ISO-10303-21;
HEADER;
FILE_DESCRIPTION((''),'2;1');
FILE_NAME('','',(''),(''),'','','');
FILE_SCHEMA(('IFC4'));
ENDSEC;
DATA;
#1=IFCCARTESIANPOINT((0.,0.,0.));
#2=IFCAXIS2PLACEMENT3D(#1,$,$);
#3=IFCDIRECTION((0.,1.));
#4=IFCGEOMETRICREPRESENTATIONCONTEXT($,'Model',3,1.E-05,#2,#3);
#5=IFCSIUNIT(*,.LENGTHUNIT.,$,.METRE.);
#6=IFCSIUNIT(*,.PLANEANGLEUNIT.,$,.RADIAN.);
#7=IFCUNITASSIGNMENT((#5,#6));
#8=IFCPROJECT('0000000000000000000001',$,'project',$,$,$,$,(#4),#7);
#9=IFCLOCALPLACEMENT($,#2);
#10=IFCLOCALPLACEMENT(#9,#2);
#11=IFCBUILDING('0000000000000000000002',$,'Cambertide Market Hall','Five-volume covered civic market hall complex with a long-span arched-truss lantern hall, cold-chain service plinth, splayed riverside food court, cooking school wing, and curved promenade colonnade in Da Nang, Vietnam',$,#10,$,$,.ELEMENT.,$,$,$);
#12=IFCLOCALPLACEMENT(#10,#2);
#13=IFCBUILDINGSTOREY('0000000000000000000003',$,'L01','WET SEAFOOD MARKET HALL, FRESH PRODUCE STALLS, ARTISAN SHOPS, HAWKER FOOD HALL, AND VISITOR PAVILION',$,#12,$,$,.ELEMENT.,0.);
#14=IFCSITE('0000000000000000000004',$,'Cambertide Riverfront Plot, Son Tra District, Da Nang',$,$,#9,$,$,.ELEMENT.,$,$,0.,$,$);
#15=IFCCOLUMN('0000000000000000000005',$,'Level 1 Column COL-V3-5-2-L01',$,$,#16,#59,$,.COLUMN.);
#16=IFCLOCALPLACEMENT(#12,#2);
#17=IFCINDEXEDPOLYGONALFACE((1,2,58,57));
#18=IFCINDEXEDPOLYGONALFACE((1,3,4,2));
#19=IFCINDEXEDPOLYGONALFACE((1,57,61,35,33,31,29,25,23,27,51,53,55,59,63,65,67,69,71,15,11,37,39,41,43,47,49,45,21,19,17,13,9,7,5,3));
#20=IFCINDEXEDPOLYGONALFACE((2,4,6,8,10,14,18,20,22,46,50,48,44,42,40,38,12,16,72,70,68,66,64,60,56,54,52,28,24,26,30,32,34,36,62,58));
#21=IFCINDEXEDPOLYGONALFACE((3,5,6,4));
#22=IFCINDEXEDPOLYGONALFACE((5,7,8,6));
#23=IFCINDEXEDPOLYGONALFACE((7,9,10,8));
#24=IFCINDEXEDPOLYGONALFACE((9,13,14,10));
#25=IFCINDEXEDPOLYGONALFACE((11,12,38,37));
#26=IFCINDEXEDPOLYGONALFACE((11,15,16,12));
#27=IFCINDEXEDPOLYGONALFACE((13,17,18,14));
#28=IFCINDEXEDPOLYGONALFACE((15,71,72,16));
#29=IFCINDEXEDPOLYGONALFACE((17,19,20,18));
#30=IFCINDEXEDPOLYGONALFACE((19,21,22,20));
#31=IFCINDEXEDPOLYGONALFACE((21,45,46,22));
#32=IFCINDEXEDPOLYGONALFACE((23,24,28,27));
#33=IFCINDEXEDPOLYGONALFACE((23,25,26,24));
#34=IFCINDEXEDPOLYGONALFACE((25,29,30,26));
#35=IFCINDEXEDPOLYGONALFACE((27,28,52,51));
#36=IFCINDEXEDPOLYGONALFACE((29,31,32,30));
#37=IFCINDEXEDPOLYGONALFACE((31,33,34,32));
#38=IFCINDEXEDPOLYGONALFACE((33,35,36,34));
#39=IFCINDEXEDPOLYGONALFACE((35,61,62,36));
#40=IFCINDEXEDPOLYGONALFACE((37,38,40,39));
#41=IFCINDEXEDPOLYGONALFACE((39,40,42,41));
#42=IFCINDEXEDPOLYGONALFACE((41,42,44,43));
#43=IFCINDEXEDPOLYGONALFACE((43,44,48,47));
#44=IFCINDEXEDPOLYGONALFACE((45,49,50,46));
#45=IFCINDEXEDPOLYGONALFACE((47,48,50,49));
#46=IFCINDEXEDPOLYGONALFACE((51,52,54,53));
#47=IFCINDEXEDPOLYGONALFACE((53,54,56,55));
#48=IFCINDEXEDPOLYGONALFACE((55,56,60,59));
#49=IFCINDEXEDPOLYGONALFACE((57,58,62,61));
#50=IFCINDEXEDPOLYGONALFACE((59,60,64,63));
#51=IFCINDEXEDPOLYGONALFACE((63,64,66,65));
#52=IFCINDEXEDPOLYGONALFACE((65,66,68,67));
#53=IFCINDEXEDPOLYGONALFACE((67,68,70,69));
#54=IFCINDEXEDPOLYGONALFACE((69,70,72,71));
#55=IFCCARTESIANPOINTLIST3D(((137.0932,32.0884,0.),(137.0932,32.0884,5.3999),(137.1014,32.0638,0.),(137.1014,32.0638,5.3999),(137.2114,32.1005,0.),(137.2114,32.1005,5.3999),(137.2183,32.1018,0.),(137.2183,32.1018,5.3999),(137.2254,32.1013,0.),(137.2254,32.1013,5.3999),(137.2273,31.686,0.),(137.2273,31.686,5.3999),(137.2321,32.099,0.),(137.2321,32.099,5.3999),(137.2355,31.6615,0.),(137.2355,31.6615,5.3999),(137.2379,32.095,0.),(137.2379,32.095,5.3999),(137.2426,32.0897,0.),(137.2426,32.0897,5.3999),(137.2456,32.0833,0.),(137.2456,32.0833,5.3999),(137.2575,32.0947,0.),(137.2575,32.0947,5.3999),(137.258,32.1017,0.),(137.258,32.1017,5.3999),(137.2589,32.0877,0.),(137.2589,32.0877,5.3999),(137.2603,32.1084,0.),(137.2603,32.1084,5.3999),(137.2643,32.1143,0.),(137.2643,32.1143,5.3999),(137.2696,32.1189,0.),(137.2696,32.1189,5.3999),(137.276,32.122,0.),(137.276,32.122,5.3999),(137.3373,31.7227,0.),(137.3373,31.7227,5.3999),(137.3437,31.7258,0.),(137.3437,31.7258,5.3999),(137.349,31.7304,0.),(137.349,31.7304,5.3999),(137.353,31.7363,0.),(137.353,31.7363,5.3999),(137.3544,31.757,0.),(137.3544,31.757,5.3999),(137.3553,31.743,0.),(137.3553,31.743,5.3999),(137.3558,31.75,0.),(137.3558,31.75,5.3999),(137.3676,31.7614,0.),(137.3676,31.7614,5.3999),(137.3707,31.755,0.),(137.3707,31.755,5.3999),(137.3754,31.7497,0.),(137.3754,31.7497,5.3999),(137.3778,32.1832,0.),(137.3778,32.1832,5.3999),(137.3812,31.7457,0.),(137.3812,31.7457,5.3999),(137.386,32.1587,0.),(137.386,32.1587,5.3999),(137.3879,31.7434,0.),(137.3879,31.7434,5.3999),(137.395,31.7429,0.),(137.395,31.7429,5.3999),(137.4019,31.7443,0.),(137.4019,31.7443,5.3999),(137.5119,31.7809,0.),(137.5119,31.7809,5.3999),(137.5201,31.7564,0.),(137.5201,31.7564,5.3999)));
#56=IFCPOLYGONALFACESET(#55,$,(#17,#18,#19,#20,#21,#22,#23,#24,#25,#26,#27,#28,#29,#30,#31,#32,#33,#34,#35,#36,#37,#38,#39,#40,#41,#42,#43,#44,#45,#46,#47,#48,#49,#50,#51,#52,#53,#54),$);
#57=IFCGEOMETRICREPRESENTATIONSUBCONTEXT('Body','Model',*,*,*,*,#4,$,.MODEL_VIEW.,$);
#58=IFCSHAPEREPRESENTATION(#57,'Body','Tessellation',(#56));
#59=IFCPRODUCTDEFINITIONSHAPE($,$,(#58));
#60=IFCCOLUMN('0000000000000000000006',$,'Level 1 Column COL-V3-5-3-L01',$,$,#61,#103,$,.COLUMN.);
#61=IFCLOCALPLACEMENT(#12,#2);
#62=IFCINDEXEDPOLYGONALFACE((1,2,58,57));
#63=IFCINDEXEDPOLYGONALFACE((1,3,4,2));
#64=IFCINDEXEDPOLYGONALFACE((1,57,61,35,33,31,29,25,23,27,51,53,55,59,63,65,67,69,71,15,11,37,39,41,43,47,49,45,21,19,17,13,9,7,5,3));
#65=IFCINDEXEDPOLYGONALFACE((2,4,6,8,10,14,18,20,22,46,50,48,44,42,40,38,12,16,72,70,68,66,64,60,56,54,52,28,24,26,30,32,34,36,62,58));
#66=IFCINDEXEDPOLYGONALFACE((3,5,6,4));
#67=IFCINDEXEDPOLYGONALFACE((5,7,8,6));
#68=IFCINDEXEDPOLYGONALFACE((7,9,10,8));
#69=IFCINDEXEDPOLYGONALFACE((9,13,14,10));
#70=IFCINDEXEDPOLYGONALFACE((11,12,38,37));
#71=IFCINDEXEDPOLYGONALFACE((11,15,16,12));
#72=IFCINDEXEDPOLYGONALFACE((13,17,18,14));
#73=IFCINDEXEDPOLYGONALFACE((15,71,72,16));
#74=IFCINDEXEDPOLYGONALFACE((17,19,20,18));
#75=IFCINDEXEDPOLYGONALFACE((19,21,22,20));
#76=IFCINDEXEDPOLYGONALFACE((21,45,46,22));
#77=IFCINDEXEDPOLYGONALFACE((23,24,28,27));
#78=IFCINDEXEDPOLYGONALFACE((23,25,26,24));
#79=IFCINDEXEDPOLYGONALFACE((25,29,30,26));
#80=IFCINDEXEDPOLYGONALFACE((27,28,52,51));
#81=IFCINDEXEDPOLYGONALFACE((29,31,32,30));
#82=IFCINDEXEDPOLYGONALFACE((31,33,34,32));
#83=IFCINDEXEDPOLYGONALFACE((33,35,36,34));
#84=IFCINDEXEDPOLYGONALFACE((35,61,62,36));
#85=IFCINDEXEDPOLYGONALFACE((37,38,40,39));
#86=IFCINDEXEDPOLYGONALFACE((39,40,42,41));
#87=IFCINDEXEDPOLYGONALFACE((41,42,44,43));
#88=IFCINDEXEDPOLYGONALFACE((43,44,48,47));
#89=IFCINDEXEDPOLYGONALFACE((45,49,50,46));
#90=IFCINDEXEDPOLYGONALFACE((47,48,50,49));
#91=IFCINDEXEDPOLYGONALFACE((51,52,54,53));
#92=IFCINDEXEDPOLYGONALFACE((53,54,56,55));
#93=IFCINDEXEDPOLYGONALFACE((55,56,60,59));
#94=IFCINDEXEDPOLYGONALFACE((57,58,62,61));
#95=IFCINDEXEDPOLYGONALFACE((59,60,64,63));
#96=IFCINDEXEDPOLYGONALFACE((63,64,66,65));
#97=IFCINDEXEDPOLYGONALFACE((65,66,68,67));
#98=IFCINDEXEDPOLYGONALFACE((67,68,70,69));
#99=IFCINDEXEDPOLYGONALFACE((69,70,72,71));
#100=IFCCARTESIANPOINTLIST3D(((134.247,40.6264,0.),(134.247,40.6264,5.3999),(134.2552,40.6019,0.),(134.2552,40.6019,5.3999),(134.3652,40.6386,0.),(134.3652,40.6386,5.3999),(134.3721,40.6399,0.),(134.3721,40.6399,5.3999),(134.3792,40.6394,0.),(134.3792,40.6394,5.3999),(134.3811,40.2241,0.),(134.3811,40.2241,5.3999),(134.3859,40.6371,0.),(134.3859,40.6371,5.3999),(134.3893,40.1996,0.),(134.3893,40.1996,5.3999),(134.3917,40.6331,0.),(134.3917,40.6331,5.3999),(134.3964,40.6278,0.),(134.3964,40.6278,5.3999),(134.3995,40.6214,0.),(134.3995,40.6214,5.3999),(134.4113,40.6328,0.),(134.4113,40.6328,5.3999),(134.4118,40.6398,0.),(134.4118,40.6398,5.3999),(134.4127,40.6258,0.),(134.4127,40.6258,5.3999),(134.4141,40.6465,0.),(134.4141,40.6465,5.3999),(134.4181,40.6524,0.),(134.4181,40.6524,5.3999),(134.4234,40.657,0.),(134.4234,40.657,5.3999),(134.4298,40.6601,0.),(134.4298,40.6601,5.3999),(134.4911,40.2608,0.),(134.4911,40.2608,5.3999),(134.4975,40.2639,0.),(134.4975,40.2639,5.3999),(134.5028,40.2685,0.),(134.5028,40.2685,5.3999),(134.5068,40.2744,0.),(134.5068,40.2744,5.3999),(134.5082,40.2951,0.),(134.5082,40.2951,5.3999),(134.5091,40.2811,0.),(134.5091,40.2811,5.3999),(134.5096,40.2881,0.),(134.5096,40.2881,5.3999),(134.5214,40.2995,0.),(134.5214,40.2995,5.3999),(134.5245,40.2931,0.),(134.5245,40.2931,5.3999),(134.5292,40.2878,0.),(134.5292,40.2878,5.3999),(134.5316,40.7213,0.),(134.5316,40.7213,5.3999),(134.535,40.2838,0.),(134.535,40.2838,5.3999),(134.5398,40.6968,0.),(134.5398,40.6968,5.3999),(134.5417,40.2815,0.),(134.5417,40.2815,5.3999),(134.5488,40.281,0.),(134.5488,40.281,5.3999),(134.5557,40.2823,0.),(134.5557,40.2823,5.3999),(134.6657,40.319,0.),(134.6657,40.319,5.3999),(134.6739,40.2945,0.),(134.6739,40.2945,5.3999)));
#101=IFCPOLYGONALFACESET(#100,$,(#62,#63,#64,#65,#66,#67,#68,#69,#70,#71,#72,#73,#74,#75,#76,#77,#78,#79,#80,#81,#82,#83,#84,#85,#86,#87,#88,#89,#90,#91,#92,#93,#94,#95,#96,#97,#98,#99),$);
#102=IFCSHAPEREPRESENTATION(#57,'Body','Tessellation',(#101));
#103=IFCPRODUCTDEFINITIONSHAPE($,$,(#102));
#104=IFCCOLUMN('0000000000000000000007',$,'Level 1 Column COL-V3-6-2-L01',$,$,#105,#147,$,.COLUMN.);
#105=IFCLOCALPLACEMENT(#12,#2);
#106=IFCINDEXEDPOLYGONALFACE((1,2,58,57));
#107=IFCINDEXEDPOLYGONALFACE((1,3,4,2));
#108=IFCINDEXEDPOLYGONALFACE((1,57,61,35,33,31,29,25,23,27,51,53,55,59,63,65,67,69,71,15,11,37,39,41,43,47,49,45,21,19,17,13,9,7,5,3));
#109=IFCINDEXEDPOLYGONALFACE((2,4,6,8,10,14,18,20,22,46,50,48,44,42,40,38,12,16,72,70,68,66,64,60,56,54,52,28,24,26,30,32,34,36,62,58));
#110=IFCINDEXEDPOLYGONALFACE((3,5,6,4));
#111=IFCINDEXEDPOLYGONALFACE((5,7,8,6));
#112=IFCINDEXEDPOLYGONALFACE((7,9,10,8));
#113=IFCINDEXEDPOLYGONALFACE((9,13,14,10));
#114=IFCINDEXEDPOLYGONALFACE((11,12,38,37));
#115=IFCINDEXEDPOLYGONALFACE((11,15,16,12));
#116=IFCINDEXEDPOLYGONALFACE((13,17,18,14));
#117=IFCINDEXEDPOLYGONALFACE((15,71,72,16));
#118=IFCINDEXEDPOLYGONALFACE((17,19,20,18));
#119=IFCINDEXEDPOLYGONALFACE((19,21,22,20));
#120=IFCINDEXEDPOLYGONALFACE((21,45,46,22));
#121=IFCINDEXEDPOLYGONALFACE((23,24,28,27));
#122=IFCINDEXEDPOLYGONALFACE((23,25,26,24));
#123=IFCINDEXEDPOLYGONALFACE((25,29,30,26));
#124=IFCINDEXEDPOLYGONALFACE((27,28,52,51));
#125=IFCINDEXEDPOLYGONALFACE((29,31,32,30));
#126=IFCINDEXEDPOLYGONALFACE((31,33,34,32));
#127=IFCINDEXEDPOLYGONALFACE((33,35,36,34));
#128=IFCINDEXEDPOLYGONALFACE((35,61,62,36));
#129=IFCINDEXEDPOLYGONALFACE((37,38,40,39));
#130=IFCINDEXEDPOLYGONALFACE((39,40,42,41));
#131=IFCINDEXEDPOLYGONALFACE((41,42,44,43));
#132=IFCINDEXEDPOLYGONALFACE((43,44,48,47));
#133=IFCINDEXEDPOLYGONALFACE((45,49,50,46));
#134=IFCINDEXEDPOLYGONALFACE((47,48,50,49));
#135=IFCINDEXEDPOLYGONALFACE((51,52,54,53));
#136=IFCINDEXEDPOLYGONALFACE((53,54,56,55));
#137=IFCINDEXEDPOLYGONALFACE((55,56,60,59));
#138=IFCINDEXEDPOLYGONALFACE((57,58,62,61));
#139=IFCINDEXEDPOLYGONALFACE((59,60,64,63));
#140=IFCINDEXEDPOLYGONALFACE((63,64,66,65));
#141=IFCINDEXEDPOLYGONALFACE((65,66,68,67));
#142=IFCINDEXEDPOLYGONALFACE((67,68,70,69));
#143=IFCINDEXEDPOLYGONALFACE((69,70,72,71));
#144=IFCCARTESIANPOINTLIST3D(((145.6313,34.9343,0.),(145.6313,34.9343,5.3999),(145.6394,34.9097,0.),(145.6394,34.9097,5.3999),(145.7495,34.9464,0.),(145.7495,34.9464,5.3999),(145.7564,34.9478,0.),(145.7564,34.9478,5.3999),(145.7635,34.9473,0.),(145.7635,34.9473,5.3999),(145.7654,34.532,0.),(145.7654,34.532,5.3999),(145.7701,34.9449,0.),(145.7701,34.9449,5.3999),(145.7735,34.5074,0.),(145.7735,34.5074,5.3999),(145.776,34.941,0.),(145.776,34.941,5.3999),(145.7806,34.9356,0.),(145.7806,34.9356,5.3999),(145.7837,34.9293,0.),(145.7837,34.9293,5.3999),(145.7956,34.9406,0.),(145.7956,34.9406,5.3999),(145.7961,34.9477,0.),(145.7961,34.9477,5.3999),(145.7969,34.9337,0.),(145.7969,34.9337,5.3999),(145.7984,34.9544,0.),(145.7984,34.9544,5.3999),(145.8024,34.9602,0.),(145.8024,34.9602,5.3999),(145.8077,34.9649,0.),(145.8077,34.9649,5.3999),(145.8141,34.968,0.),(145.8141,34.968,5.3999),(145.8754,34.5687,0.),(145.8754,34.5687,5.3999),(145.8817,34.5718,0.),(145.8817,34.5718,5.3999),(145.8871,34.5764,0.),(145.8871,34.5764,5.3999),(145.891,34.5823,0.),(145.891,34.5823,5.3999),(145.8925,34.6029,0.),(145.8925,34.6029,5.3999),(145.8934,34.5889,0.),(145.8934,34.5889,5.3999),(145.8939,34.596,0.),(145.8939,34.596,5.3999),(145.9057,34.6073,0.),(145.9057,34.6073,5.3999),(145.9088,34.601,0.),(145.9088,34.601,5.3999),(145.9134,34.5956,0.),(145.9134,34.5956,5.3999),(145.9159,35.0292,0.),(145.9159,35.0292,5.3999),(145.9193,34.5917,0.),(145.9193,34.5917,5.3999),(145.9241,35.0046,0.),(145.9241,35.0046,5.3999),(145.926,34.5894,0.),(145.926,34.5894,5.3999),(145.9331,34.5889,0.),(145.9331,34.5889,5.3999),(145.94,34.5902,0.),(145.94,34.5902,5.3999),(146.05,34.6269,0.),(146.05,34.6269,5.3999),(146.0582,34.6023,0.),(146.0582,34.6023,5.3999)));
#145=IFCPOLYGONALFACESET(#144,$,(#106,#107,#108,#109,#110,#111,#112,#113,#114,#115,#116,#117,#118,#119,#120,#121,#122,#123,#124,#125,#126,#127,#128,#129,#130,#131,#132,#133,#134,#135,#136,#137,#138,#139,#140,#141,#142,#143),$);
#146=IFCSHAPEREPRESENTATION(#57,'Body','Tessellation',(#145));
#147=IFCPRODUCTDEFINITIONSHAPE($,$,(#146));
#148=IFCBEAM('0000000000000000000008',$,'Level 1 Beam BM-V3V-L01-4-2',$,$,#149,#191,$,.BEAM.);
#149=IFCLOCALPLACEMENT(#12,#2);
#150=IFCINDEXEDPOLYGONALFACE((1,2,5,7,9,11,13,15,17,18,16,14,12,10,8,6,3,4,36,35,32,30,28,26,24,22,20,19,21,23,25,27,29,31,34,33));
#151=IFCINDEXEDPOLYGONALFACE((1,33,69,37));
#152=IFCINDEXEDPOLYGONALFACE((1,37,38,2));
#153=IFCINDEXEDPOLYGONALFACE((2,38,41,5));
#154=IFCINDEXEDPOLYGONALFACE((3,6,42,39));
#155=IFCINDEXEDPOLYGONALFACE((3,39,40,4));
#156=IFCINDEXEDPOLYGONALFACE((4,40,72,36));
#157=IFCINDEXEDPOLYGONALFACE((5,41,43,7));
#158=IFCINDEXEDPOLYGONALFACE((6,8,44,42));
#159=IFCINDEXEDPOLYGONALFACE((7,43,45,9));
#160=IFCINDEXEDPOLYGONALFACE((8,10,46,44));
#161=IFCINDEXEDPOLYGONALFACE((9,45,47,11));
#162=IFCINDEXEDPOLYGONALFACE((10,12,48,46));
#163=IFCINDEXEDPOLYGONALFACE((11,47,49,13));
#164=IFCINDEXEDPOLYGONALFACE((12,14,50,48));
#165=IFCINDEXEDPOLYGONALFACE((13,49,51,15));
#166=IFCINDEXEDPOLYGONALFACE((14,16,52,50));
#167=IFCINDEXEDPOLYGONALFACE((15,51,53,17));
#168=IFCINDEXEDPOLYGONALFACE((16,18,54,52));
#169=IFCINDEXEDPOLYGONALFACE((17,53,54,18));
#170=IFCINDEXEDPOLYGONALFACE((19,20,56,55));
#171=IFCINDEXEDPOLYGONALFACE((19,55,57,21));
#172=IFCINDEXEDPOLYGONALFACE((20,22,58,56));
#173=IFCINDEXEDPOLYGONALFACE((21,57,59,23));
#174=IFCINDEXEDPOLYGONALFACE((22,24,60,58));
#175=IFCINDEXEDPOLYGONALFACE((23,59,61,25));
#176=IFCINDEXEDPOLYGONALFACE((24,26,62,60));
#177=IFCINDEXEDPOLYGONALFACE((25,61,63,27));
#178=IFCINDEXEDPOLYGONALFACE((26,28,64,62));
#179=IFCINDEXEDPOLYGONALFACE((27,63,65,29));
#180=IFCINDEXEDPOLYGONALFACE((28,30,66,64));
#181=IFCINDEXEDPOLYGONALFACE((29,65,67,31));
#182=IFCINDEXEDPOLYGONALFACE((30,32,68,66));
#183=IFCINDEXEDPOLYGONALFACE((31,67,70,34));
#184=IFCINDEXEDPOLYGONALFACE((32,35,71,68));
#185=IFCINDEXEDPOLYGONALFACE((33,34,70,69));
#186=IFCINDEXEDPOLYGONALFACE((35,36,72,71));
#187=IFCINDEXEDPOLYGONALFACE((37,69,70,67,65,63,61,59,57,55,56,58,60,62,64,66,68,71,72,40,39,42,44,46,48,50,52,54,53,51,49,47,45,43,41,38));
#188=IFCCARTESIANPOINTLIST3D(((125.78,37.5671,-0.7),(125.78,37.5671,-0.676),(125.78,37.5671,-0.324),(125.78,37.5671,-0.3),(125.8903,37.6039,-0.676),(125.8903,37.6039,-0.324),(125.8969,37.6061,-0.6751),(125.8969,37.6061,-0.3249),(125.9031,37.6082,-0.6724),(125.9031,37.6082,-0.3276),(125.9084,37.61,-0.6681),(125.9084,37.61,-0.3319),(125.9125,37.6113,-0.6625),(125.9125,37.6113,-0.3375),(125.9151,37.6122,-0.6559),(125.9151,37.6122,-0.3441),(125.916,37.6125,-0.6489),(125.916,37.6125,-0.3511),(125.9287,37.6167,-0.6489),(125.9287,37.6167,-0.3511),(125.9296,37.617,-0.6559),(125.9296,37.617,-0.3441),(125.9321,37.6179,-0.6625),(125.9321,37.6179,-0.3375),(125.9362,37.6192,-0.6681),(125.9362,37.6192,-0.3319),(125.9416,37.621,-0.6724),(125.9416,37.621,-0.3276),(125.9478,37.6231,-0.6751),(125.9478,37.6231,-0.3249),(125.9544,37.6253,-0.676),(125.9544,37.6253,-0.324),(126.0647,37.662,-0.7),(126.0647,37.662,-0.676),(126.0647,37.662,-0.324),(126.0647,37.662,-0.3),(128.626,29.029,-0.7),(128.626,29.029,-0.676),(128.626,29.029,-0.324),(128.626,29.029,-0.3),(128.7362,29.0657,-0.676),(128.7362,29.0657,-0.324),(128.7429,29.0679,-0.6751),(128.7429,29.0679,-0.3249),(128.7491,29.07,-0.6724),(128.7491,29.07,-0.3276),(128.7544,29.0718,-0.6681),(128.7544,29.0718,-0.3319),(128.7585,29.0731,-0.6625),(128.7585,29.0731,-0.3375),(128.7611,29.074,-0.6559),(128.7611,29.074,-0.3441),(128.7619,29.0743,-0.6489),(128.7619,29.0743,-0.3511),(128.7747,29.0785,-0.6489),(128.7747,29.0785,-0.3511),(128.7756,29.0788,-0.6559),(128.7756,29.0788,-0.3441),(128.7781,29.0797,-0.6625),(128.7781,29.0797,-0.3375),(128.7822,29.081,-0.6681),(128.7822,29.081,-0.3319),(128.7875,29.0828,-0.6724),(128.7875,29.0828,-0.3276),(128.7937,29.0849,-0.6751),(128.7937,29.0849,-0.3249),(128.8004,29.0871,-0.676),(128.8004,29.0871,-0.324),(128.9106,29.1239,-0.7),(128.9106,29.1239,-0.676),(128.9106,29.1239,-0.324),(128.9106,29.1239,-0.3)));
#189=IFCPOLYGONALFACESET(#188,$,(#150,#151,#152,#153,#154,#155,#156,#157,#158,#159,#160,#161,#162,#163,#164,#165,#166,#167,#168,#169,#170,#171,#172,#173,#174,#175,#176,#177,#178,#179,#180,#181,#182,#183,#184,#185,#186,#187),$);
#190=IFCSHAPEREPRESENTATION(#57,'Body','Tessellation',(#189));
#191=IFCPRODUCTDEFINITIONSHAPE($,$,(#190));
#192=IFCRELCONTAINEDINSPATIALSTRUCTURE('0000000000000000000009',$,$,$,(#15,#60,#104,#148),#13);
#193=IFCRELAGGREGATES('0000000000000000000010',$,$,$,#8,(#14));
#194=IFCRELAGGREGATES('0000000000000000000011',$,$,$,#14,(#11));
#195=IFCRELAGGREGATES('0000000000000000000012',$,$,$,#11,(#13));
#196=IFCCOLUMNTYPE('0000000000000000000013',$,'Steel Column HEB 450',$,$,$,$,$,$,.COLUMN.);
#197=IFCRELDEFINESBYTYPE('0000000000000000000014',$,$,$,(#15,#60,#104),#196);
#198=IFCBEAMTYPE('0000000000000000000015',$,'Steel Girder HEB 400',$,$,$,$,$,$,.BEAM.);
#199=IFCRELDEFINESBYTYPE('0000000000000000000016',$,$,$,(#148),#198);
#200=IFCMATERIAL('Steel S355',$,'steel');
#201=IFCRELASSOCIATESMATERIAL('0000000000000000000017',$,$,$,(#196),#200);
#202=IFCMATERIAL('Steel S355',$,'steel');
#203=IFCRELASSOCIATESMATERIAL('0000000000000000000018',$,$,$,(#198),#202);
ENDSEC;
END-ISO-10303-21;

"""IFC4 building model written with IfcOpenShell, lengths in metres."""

from ifc_helpers import new_model, si_unit, direction, frame, origin, origin_2d, place, context, subcontext, project, spatial, i_section, extrude, material, material_profile, profile_set, type_object, element, save


model = new_model("IFC4")

# Units and contexts
model_context = context("Model", 3, precision=1e-05, world=origin(), true_north=direction((0.0, 1.0)))
body_context = subcontext(model_context, "Body", "Model", "MODEL_VIEW")
ifc_project = project(units=[si_unit("LENGTHUNIT", "METRE"), si_unit("PLANEANGLEUNIT", "RADIAN")], contexts=[model_context])

# Site, building, storey
site_placement = place(None, origin())
site = spatial("IfcSite", under=ifc_project, at=site_placement, Name="Cambertide Riverfront Plot, Son Tra District, Da Nang", CompositionType="ELEMENT", RefElevation=0.0)
building_placement = place(site_placement, origin())
building = spatial("IfcBuilding", under=site, at=building_placement, Name="Cambertide Market Hall", Description="Five-volume covered civic market hall complex with a long-span arched-truss lantern hall, cold-chain service plinth, splayed riverside food court, cooking school wing, and curved promenade colonnade in Da Nang, Vietnam", CompositionType="ELEMENT")
storey_placement = place(building_placement, origin())
storey = spatial("IfcBuildingStorey", under=building, at=storey_placement, Name="L01", Description="WET SEAFOOD MARKET HALL, FRESH PRODUCE STALLS, ARTISAN SHOPS, HAWKER FOOD HALL, AND VISITOR PAVILION", CompositionType="ELEMENT", Elevation=0.0)

# Columns
ifc_material_1 = material(Name="Steel S355", Category="steel")
ifc_material_profile_1 = material_profile(ifc_material_1, i_section(OverallWidth=0.3, OverallDepth=0.45, WebThickness=0.0139, FlangeThickness=0.0259, FilletRadius=0.0271, at=origin_2d()), Name="HEB 450")
ifc_profile_set_1 = profile_set([ifc_material_profile_1], Name="Steel S355")
column_type_1 = type_object("IfcColumnType", Name="Steel Column HEB 450", PredefinedType="COLUMN", material=ifc_profile_set_1)
for number, where, z_axis, x_axis, name in (
    (1, (137.3066, 31.9224, 0.0), (0.0, 0.0, 1.0), (0.948683, 0.316228, 0.0), "Level 1 Column COL-V3-5-2-L01"),
    (2, (134.4604, 40.4604, 0.0), (0.0, 0.0, 1.0), (0.948683, 0.316228, 0.0), "Level 1 Column COL-V3-5-3-L01"),
    (3, (145.8447, 34.7683, 0.0), (0.0, 0.0, 1.0), (0.948683, 0.316228, 0.0), "Level 1 Column COL-V3-6-2-L01"),
):
    element("IfcColumn", number, at=place(storey_placement, frame(where, z_axis=z_axis, x_axis=x_axis)), inside=storey, type_object=column_type_1, Name=name, PredefinedType="COLUMN", context=body_context, shape_type="SweptSolid", body=[
        extrude(i_section(OverallWidth=0.3, OverallDepth=0.45, WebThickness=0.0139, FlangeThickness=0.0259, FilletRadius=0.0271, at=origin_2d()), origin(), (0.0, 0.0, 1.0), 5.3999),
    ])

# Beam
ifc_material_2 = material(Name="Steel S355", Category="steel")
ifc_material_profile_2 = material_profile(ifc_material_2, i_section(OverallWidth=0.3, OverallDepth=0.3999, WebThickness=0.0134, FlangeThickness=0.0239, FilletRadius=0.0271, at=origin_2d()), Name="HEB 400")
ifc_profile_set_2 = profile_set([ifc_material_profile_2], Name="Steel S355")
beam_type_1 = type_object("IfcBeamType", Name="Steel Girder HEB 400", PredefinedType="BEAM", material=ifc_profile_set_2)
for number, where, z_axis, x_axis, name in (
    (4, (128.7683, 29.0764, -0.5), (-0.31622, 0.948686, 0.0), (-0.948686, -0.31622, 0.0), "Level 1 Beam BM-V3V-L01-4-2"),
):
    element("IfcBeam", number, at=place(storey_placement, frame(where, z_axis=z_axis, x_axis=x_axis)), inside=storey, type_object=beam_type_1, Name=name, PredefinedType="BEAM", context=body_context, shape_type="SweptSolid", body=[
        extrude(i_section(OverallWidth=0.3, OverallDepth=0.3999, WebThickness=0.0134, FlangeThickness=0.0239, FilletRadius=0.0271, at=origin_2d()), origin(), (0.0, 0.0, 1.0), 9.0),
    ])

save(model, "model.ifc")
